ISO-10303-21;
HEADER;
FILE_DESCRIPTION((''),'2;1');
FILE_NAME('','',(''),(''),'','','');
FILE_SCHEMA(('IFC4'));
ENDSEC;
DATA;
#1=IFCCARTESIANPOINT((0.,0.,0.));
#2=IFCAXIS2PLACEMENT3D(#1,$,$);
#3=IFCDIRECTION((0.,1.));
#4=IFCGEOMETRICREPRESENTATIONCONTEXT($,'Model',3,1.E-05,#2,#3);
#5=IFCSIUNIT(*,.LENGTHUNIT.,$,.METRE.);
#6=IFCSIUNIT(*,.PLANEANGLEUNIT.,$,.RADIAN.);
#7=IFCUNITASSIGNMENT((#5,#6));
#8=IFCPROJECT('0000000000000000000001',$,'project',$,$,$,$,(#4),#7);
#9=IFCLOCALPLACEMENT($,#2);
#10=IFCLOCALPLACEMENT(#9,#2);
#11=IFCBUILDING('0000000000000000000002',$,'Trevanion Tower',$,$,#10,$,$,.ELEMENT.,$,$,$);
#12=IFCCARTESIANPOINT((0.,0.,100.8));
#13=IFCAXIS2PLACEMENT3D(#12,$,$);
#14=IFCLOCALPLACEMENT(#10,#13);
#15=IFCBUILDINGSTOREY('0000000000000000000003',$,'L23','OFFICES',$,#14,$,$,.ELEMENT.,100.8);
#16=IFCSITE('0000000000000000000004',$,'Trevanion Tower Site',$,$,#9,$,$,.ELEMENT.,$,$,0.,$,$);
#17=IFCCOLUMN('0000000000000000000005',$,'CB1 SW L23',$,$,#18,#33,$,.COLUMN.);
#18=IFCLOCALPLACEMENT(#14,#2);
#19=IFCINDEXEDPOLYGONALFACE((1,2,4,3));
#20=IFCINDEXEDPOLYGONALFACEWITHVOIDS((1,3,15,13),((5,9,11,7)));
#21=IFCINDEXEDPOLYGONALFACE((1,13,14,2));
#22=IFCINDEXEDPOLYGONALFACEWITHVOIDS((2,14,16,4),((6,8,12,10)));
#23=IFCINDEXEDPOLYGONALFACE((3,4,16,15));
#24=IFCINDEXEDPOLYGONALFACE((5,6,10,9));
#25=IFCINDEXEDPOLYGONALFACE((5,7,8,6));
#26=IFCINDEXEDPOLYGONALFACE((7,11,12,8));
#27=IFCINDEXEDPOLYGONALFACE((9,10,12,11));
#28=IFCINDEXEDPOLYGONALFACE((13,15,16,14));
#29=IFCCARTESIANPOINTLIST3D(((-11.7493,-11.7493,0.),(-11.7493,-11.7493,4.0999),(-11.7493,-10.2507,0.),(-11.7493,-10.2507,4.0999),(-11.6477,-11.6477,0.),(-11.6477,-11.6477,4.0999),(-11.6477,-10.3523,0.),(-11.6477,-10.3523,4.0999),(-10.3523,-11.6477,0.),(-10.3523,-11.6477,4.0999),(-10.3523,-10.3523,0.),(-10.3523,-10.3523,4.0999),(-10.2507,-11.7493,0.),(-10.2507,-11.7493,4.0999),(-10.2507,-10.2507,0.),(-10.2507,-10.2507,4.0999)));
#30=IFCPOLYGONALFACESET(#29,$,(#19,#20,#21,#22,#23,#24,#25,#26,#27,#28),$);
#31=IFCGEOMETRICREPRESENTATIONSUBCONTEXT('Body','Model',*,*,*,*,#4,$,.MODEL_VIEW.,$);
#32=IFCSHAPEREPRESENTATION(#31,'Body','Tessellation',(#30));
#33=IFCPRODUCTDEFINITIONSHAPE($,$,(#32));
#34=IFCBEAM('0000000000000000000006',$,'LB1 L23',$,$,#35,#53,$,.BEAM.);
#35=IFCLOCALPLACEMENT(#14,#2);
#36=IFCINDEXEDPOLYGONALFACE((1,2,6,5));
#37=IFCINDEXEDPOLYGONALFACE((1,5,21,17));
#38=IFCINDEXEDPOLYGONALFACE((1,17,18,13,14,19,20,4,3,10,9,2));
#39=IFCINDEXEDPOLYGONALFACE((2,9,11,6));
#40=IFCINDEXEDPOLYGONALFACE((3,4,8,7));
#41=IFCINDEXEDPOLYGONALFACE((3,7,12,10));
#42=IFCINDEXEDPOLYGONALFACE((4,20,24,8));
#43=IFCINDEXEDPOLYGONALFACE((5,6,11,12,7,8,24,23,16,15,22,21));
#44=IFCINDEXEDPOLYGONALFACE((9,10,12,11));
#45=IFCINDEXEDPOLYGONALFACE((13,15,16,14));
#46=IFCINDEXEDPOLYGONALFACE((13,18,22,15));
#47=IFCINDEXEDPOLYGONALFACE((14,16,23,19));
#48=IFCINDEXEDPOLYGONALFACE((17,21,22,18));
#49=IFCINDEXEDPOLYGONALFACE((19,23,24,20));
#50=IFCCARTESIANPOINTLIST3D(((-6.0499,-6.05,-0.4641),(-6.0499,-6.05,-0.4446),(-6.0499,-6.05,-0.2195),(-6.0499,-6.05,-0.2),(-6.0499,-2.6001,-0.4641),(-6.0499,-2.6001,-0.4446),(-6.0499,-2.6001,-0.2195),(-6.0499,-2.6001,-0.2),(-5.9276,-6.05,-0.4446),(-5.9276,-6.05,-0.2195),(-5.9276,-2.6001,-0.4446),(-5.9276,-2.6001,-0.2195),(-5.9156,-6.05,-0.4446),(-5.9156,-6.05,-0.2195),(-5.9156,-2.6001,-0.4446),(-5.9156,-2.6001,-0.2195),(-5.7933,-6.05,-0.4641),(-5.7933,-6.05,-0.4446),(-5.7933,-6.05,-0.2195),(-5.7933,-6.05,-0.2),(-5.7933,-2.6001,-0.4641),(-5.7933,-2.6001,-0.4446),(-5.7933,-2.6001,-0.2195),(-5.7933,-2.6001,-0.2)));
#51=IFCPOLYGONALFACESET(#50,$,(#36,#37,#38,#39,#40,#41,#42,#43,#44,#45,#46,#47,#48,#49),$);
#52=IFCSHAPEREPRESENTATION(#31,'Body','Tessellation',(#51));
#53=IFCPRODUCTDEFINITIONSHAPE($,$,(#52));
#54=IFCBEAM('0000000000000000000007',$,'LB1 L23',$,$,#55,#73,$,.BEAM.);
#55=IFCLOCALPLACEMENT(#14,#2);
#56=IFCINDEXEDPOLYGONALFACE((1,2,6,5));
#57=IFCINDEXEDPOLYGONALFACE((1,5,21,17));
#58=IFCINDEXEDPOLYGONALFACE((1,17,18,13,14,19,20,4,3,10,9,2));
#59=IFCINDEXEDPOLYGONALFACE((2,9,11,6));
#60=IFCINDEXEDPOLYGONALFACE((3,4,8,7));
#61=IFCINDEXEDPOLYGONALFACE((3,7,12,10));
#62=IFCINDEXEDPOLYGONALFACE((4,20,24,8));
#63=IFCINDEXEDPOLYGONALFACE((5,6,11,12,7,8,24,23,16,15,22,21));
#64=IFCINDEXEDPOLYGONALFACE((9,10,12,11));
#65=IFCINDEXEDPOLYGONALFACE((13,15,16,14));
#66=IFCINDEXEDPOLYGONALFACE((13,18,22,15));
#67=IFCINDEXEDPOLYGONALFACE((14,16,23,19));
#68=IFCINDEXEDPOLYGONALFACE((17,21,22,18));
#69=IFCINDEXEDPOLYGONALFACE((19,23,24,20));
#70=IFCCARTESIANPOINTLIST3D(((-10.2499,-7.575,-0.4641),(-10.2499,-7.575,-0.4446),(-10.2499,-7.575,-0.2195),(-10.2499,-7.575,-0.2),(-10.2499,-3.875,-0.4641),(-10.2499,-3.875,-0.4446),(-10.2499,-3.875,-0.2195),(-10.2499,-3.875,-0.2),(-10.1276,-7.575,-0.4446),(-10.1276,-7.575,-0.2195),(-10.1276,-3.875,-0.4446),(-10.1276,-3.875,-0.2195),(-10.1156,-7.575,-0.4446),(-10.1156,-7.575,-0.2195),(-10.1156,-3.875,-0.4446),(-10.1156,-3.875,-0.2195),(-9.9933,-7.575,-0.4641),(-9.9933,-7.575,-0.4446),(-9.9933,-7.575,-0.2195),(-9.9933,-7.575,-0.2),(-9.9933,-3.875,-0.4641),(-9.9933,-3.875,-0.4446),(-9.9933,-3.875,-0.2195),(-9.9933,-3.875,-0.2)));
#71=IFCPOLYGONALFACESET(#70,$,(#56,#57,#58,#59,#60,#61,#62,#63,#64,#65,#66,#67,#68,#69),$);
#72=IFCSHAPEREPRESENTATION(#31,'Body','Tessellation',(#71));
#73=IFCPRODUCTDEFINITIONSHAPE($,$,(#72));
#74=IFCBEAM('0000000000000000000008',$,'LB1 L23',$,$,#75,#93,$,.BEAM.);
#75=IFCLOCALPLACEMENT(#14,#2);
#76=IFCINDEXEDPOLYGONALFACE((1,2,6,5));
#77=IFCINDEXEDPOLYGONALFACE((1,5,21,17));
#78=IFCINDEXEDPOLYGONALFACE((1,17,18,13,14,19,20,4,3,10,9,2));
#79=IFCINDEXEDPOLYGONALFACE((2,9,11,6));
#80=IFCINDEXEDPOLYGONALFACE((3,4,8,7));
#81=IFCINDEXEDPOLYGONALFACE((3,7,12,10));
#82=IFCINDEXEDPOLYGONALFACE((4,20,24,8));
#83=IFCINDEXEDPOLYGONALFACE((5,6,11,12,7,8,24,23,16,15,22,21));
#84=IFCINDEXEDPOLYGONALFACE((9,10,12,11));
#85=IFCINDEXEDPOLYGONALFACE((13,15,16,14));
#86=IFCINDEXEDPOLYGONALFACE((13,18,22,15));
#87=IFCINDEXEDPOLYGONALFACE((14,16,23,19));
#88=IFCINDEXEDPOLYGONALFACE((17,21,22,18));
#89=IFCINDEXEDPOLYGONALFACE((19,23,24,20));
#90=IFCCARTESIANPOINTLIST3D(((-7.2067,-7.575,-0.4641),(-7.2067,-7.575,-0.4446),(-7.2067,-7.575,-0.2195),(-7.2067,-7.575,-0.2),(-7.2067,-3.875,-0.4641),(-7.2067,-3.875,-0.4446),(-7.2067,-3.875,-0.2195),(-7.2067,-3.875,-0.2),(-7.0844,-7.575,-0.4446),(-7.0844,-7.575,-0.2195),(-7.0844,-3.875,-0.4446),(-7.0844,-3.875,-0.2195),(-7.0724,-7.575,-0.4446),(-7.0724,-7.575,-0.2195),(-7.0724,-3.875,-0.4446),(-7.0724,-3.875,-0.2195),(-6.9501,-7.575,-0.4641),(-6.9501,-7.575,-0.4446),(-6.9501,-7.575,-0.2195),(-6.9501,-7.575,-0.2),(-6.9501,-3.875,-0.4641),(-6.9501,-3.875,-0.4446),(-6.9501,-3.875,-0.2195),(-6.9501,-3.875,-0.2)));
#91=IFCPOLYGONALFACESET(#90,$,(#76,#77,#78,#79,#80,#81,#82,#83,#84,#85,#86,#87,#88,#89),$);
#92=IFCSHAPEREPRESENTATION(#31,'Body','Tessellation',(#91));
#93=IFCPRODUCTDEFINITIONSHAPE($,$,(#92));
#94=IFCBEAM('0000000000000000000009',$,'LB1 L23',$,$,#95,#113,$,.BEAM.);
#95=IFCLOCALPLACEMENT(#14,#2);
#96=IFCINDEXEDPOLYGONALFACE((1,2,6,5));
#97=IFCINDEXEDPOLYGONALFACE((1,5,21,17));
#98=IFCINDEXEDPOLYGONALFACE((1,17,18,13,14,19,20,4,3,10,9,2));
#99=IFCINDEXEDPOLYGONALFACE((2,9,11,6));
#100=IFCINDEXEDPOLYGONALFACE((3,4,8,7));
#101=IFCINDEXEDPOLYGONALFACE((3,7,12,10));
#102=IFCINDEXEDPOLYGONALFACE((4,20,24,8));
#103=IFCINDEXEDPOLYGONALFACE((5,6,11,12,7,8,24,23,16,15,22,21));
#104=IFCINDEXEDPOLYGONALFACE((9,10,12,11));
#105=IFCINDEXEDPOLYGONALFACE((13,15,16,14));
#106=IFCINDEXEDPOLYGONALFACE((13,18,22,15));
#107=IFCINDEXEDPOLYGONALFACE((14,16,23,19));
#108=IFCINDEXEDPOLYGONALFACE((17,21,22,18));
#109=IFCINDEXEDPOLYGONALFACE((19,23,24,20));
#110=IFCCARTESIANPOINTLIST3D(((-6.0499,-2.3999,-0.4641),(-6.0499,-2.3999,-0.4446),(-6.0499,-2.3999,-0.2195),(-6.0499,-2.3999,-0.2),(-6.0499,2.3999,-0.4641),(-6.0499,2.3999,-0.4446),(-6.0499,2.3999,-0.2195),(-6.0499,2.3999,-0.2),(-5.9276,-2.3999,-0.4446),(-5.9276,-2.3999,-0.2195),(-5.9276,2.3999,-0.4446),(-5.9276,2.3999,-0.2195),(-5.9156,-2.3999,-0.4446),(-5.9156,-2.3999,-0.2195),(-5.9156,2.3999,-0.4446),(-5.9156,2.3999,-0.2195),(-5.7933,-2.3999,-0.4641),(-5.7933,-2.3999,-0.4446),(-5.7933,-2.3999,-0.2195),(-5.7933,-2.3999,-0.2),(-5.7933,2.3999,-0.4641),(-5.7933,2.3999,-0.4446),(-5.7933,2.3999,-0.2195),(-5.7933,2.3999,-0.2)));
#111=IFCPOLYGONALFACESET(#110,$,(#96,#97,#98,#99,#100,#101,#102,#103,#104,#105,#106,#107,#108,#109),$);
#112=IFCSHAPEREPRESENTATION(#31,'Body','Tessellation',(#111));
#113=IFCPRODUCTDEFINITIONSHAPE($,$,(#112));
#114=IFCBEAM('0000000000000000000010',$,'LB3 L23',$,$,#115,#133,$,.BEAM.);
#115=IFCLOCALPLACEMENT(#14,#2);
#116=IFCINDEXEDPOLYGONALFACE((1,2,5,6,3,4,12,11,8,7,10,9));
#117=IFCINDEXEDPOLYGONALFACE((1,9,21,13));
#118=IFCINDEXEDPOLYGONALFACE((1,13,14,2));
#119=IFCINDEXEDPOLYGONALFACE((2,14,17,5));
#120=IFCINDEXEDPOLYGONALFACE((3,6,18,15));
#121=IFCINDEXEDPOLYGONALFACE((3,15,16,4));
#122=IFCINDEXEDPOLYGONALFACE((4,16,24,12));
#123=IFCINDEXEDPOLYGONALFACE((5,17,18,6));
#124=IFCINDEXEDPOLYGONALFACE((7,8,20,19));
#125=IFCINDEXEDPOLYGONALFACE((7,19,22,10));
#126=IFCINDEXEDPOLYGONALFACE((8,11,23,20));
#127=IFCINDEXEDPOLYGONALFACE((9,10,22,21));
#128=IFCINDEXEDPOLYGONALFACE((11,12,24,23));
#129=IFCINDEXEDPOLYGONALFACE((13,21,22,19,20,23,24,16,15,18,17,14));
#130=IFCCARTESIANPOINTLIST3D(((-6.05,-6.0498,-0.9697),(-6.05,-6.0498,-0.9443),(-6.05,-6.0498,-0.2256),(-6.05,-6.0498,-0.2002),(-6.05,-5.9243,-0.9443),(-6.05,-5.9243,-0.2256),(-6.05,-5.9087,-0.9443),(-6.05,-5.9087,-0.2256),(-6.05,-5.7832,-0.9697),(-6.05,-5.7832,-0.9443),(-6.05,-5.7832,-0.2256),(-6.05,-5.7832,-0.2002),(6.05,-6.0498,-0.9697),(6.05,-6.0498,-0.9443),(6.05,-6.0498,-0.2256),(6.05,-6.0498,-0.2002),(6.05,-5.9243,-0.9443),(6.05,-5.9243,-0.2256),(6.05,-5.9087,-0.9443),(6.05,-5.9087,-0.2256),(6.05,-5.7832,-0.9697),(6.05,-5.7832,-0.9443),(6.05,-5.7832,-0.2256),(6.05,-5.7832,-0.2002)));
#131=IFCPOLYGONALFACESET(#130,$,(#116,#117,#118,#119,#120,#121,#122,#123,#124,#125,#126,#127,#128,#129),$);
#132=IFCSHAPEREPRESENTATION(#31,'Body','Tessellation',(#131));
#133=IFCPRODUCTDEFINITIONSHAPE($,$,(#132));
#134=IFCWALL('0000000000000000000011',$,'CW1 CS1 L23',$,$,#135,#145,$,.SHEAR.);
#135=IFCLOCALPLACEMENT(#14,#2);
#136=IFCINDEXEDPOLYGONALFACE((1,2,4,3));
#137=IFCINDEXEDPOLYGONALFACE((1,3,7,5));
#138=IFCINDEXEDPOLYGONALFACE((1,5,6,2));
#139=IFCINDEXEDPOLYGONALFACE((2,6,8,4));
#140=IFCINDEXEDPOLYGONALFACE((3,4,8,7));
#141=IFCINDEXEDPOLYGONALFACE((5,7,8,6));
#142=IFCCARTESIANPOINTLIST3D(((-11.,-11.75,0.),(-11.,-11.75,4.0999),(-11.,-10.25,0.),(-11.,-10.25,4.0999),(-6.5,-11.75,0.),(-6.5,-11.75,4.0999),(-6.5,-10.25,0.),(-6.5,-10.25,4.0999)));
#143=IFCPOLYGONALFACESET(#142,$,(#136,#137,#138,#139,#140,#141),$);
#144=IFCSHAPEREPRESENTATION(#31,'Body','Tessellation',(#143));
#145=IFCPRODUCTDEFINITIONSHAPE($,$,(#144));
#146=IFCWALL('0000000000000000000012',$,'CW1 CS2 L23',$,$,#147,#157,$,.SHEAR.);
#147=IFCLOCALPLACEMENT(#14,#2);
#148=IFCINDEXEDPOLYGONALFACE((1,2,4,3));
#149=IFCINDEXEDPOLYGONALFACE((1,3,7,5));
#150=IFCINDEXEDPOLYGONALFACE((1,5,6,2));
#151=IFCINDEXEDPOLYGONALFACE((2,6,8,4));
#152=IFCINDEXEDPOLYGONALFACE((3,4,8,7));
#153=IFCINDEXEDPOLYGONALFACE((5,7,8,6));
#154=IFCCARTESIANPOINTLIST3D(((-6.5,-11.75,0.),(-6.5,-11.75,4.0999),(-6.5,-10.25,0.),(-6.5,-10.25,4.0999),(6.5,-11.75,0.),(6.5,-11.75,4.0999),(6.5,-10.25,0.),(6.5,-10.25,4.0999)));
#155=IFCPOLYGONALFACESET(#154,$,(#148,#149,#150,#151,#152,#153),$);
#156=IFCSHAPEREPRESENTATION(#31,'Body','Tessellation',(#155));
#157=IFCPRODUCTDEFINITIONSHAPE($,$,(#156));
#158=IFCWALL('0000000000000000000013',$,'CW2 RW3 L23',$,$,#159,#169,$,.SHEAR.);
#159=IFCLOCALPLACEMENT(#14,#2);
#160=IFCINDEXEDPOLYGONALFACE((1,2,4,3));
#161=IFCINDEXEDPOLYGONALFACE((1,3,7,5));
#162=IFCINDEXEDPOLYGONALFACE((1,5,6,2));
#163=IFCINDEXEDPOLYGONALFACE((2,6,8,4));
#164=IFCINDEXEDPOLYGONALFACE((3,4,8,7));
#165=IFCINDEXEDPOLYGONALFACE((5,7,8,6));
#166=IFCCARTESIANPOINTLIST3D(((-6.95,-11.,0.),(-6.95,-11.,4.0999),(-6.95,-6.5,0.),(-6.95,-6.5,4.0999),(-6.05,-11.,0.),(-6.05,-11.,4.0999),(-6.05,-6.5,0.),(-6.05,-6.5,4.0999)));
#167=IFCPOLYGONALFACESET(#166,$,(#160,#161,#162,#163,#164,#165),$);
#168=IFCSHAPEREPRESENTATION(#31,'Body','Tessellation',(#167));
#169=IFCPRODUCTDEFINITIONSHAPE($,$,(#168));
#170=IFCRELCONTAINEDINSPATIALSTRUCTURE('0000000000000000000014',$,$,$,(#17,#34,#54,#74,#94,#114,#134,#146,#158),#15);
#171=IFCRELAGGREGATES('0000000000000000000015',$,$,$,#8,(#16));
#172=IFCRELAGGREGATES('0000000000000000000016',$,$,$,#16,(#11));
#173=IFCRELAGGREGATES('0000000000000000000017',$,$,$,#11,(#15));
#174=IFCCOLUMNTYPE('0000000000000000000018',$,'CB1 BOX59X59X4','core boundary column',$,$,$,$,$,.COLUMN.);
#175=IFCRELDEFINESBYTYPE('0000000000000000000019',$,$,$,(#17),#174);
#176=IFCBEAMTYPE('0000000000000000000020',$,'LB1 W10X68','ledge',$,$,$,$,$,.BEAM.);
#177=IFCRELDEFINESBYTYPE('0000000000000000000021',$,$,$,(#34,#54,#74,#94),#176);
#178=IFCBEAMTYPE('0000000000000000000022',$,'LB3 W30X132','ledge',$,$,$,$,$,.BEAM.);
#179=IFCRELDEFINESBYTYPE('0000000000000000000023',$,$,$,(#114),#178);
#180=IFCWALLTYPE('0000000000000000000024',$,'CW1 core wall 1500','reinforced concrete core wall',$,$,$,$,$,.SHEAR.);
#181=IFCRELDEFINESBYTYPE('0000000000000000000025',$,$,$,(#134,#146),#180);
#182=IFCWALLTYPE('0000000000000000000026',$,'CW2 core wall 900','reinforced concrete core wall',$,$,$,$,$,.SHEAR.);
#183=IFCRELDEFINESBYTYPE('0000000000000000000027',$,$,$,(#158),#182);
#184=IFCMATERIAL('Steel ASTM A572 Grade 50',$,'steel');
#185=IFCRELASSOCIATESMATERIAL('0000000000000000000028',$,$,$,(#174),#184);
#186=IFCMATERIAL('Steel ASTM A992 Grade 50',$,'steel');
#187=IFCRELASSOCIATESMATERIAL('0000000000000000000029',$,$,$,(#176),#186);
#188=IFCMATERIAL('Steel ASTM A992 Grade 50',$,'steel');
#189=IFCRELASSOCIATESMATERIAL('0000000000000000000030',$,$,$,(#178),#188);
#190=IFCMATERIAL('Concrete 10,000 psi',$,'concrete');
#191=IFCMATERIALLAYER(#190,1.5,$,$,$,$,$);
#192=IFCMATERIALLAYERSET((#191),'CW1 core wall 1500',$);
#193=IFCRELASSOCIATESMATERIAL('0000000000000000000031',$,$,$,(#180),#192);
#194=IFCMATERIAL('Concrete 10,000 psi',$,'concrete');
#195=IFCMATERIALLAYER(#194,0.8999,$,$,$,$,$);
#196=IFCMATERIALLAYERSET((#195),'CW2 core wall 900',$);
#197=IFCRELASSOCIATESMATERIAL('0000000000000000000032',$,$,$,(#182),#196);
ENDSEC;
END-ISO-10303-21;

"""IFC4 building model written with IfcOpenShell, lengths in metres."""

from ifc_helpers import new_model, si_unit, direction, frame, frame_2d, origin, origin_2d, place, context, subcontext, project, spatial, rectangle, hollow_rectangle, i_section, extrude, material, layer, layer_set, material_profile, profile_set, type_object, element, save


model = new_model("IFC4")

# Units and contexts
model_context = context("Model", 3, precision=1e-05, world=origin(), true_north=direction((0.0, 1.0)))
body_context = subcontext(model_context, "Body", "Model", "MODEL_VIEW")
ifc_project = project(units=[si_unit("LENGTHUNIT", "METRE"), si_unit("PLANEANGLEUNIT", "RADIAN")], contexts=[model_context])

# Site, building, storey
site_placement = place(None, origin())
site = spatial("IfcSite", under=ifc_project, at=site_placement, Name="Trevanion Tower Site", CompositionType="ELEMENT", RefElevation=0.0)
building_placement = place(site_placement, origin())
building = spatial("IfcBuilding", under=site, at=building_placement, Name="Trevanion Tower", CompositionType="ELEMENT")
storey_placement = place(building_placement, frame((0.0, 0.0, 100.8)))
storey = spatial("IfcBuildingStorey", under=building, at=storey_placement, Name="L23", Description="OFFICES", CompositionType="ELEMENT", Elevation=100.8)

# Column
ifc_material_1 = material(Name="Steel ASTM A572 Grade 50", Category="steel")
ifc_material_profile_1 = material_profile(ifc_material_1, hollow_rectangle(XDim=1.4985, YDim=1.4985, WallThickness=0.1016, at=origin_2d()), Name="BOX59X59X4")
ifc_profile_set_1 = profile_set([ifc_material_profile_1], Name="Steel ASTM A572 Grade 50")
column_type = type_object("IfcColumnType", Name="CB1 BOX59X59X4", Description="core boundary column", PredefinedType="COLUMN", material=ifc_profile_set_1)
column_placement = place(storey_placement, frame((-11.0, -11.0, 0.0), z_axis=(0.0, 0.0, 1.0), x_axis=(1.0, 0.0, 0.0)))
element("IfcColumn", 1, at=column_placement, inside=storey, type_object=column_type, Name="CB1 SW L23", PredefinedType="COLUMN", context=body_context, shape_type="SweptSolid", body=[
    extrude(hollow_rectangle(XDim=1.4985, YDim=1.4985, WallThickness=0.1016, at=origin_2d()), origin(), (0.0, 0.0, 1.0), 4.0999),
])

# Beams
ifc_material_2 = material(Name="Steel ASTM A992 Grade 50", Category="steel")
ifc_material_profile_2 = material_profile(ifc_material_2, i_section(OverallWidth=0.2566, OverallDepth=0.2642, WebThickness=0.012, FlangeThickness=0.0195, at=origin_2d()), Name="W10X68")
ifc_profile_set_2 = profile_set([ifc_material_profile_2], Name="Steel ASTM A992 Grade 50")
beam_type_1 = type_object("IfcBeamType", Name="LB1 W10X68", Description="ledge", PredefinedType="BEAM", material=ifc_profile_set_2)
beam_1_placement = place(storey_placement, frame((-5.9216, -6.05, -0.332), z_axis=(0.0, 1.0, 0.0), x_axis=(-1.0, 0.0, 0.0)))
element("IfcBeam", 2, at=beam_1_placement, inside=storey, type_object=beam_type_1, Name="LB1 L23", PredefinedType="BEAM", context=body_context, shape_type="SweptSolid", body=[
    extrude(i_section(OverallWidth=0.2566, OverallDepth=0.2642, WebThickness=0.012, FlangeThickness=0.0195, at=origin_2d()), origin(), (0.0, 0.0, 1.0), 3.45),
])
for number, where, z_axis, x_axis, name in (
    (3, (-10.1216, -7.575, -0.332), (0.0, 1.0, 0.0), (-1.0, 0.0, 0.0), "LB1 L23"),
    (4, (-7.0784, -7.575, -0.332), (0.0, 1.0, 0.0), (-1.0, 0.0, 0.0), "LB1 L23"),
):
    element("IfcBeam", number, at=place(storey_placement, frame(where, z_axis=z_axis, x_axis=x_axis)), inside=storey, type_object=beam_type_1, Name=name, PredefinedType="BEAM", context=body_context, shape_type="SweptSolid", body=[
        extrude(i_section(OverallWidth=0.2566, OverallDepth=0.2642, WebThickness=0.012, FlangeThickness=0.0195, at=origin_2d()), origin(), (0.0, 0.0, 1.0), 3.7),
    ])
beam_2_placement = place(storey_placement, frame((-5.9216, -2.3999, -0.332), z_axis=(0.0, 1.0, 0.0), x_axis=(-1.0, 0.0, 0.0)))
element("IfcBeam", 5, at=beam_2_placement, inside=storey, type_object=beam_type_1, Name="LB1 L23", PredefinedType="BEAM", context=body_context, shape_type="SweptSolid", body=[
    extrude(i_section(OverallWidth=0.2566, OverallDepth=0.2642, WebThickness=0.012, FlangeThickness=0.0195, at=origin_2d()), origin(), (0.0, 0.0, 1.0), 4.7998),
])
ifc_material_3 = material(Name="Steel ASTM A992 Grade 50", Category="steel")
ifc_material_profile_3 = material_profile(ifc_material_3, i_section(OverallWidth=0.2666, OverallDepth=0.7695, WebThickness=0.0156, FlangeThickness=0.0254, at=origin_2d()), Name="W30X132")
ifc_profile_set_3 = profile_set([ifc_material_profile_3], Name="Steel ASTM A992 Grade 50")
beam_type_2 = type_object("IfcBeamType", Name="LB3 W30X132", Description="ledge", PredefinedType="BEAM", material=ifc_profile_set_3)
beam_3_placement = place(storey_placement, frame((-6.05, -5.9165, -0.585), z_axis=(1.0, 0.0, 0.0), x_axis=(0.0, 1.0, 0.0)))
element("IfcBeam", 6, at=beam_3_placement, inside=storey, type_object=beam_type_2, Name="LB3 L23", PredefinedType="BEAM", context=body_context, shape_type="SweptSolid", body=[
    extrude(i_section(OverallWidth=0.2666, OverallDepth=0.7695, WebThickness=0.0156, FlangeThickness=0.0254, at=origin_2d()), origin(), (0.0, 0.0, 1.0), 12.1001),
])

# Walls
ifc_material_4 = material(Name="Concrete 10,000 psi", Category="concrete")
ifc_layer_1 = layer(ifc_material_4, 1.5)
ifc_layer_set_1 = layer_set([ifc_layer_1], Name="CW1 core wall 1500")
wall_type_1 = type_object("IfcWallType", Name="CW1 core wall 1500", Description="reinforced concrete core wall", PredefinedType="SHEAR", material=ifc_layer_set_1)
wall_1_placement = place(storey_placement, frame((-11.0, -11.0, 0.0), z_axis=(0.0, 0.0, 1.0), x_axis=(1.0, 0.0, 0.0)))
element("IfcWall", 7, at=wall_1_placement, inside=storey, type_object=wall_type_1, Name="CW1 CS1 L23", PredefinedType="SHEAR", context=body_context, shape_type="SweptSolid", body=[
    extrude(rectangle(XDim=4.5, YDim=1.5, at=frame_2d((2.25, 0.0))), origin(), (0.0, 0.0, 1.0), 4.0999),
])
wall_2_placement = place(storey_placement, frame((-6.5, -11.0, 0.0), z_axis=(0.0, 0.0, 1.0), x_axis=(1.0, 0.0, 0.0)))
element("IfcWall", 8, at=wall_2_placement, inside=storey, type_object=wall_type_1, Name="CW1 CS2 L23", PredefinedType="SHEAR", context=body_context, shape_type="SweptSolid", body=[
    extrude(rectangle(XDim=13.0, YDim=1.5, at=frame_2d((6.5, 0.0))), origin(), (0.0, 0.0, 1.0), 4.0999),
])
ifc_material_5 = material(Name="Concrete 10,000 psi", Category="concrete")
ifc_layer_2 = layer(ifc_material_5, 0.8999)
ifc_layer_set_2 = layer_set([ifc_layer_2], Name="CW2 core wall 900")
wall_type_2 = type_object("IfcWallType", Name="CW2 core wall 900", Description="reinforced concrete core wall", PredefinedType="SHEAR", material=ifc_layer_set_2)
wall_3_placement = place(storey_placement, frame((-6.5, -6.5, 0.0), z_axis=(0.0, 0.0, 1.0), x_axis=(0.0, -1.0, 0.0)))
element("IfcWall", 9, at=wall_3_placement, inside=storey, type_object=wall_type_2, Name="CW2 RW3 L23", PredefinedType="SHEAR", context=body_context, shape_type="SweptSolid", body=[
    extrude(rectangle(XDim=4.5, YDim=0.8999, at=frame_2d((2.25, 0.0))), origin(), (0.0, 0.0, 1.0), 4.0999),
])

save(model, "model.ifc")
